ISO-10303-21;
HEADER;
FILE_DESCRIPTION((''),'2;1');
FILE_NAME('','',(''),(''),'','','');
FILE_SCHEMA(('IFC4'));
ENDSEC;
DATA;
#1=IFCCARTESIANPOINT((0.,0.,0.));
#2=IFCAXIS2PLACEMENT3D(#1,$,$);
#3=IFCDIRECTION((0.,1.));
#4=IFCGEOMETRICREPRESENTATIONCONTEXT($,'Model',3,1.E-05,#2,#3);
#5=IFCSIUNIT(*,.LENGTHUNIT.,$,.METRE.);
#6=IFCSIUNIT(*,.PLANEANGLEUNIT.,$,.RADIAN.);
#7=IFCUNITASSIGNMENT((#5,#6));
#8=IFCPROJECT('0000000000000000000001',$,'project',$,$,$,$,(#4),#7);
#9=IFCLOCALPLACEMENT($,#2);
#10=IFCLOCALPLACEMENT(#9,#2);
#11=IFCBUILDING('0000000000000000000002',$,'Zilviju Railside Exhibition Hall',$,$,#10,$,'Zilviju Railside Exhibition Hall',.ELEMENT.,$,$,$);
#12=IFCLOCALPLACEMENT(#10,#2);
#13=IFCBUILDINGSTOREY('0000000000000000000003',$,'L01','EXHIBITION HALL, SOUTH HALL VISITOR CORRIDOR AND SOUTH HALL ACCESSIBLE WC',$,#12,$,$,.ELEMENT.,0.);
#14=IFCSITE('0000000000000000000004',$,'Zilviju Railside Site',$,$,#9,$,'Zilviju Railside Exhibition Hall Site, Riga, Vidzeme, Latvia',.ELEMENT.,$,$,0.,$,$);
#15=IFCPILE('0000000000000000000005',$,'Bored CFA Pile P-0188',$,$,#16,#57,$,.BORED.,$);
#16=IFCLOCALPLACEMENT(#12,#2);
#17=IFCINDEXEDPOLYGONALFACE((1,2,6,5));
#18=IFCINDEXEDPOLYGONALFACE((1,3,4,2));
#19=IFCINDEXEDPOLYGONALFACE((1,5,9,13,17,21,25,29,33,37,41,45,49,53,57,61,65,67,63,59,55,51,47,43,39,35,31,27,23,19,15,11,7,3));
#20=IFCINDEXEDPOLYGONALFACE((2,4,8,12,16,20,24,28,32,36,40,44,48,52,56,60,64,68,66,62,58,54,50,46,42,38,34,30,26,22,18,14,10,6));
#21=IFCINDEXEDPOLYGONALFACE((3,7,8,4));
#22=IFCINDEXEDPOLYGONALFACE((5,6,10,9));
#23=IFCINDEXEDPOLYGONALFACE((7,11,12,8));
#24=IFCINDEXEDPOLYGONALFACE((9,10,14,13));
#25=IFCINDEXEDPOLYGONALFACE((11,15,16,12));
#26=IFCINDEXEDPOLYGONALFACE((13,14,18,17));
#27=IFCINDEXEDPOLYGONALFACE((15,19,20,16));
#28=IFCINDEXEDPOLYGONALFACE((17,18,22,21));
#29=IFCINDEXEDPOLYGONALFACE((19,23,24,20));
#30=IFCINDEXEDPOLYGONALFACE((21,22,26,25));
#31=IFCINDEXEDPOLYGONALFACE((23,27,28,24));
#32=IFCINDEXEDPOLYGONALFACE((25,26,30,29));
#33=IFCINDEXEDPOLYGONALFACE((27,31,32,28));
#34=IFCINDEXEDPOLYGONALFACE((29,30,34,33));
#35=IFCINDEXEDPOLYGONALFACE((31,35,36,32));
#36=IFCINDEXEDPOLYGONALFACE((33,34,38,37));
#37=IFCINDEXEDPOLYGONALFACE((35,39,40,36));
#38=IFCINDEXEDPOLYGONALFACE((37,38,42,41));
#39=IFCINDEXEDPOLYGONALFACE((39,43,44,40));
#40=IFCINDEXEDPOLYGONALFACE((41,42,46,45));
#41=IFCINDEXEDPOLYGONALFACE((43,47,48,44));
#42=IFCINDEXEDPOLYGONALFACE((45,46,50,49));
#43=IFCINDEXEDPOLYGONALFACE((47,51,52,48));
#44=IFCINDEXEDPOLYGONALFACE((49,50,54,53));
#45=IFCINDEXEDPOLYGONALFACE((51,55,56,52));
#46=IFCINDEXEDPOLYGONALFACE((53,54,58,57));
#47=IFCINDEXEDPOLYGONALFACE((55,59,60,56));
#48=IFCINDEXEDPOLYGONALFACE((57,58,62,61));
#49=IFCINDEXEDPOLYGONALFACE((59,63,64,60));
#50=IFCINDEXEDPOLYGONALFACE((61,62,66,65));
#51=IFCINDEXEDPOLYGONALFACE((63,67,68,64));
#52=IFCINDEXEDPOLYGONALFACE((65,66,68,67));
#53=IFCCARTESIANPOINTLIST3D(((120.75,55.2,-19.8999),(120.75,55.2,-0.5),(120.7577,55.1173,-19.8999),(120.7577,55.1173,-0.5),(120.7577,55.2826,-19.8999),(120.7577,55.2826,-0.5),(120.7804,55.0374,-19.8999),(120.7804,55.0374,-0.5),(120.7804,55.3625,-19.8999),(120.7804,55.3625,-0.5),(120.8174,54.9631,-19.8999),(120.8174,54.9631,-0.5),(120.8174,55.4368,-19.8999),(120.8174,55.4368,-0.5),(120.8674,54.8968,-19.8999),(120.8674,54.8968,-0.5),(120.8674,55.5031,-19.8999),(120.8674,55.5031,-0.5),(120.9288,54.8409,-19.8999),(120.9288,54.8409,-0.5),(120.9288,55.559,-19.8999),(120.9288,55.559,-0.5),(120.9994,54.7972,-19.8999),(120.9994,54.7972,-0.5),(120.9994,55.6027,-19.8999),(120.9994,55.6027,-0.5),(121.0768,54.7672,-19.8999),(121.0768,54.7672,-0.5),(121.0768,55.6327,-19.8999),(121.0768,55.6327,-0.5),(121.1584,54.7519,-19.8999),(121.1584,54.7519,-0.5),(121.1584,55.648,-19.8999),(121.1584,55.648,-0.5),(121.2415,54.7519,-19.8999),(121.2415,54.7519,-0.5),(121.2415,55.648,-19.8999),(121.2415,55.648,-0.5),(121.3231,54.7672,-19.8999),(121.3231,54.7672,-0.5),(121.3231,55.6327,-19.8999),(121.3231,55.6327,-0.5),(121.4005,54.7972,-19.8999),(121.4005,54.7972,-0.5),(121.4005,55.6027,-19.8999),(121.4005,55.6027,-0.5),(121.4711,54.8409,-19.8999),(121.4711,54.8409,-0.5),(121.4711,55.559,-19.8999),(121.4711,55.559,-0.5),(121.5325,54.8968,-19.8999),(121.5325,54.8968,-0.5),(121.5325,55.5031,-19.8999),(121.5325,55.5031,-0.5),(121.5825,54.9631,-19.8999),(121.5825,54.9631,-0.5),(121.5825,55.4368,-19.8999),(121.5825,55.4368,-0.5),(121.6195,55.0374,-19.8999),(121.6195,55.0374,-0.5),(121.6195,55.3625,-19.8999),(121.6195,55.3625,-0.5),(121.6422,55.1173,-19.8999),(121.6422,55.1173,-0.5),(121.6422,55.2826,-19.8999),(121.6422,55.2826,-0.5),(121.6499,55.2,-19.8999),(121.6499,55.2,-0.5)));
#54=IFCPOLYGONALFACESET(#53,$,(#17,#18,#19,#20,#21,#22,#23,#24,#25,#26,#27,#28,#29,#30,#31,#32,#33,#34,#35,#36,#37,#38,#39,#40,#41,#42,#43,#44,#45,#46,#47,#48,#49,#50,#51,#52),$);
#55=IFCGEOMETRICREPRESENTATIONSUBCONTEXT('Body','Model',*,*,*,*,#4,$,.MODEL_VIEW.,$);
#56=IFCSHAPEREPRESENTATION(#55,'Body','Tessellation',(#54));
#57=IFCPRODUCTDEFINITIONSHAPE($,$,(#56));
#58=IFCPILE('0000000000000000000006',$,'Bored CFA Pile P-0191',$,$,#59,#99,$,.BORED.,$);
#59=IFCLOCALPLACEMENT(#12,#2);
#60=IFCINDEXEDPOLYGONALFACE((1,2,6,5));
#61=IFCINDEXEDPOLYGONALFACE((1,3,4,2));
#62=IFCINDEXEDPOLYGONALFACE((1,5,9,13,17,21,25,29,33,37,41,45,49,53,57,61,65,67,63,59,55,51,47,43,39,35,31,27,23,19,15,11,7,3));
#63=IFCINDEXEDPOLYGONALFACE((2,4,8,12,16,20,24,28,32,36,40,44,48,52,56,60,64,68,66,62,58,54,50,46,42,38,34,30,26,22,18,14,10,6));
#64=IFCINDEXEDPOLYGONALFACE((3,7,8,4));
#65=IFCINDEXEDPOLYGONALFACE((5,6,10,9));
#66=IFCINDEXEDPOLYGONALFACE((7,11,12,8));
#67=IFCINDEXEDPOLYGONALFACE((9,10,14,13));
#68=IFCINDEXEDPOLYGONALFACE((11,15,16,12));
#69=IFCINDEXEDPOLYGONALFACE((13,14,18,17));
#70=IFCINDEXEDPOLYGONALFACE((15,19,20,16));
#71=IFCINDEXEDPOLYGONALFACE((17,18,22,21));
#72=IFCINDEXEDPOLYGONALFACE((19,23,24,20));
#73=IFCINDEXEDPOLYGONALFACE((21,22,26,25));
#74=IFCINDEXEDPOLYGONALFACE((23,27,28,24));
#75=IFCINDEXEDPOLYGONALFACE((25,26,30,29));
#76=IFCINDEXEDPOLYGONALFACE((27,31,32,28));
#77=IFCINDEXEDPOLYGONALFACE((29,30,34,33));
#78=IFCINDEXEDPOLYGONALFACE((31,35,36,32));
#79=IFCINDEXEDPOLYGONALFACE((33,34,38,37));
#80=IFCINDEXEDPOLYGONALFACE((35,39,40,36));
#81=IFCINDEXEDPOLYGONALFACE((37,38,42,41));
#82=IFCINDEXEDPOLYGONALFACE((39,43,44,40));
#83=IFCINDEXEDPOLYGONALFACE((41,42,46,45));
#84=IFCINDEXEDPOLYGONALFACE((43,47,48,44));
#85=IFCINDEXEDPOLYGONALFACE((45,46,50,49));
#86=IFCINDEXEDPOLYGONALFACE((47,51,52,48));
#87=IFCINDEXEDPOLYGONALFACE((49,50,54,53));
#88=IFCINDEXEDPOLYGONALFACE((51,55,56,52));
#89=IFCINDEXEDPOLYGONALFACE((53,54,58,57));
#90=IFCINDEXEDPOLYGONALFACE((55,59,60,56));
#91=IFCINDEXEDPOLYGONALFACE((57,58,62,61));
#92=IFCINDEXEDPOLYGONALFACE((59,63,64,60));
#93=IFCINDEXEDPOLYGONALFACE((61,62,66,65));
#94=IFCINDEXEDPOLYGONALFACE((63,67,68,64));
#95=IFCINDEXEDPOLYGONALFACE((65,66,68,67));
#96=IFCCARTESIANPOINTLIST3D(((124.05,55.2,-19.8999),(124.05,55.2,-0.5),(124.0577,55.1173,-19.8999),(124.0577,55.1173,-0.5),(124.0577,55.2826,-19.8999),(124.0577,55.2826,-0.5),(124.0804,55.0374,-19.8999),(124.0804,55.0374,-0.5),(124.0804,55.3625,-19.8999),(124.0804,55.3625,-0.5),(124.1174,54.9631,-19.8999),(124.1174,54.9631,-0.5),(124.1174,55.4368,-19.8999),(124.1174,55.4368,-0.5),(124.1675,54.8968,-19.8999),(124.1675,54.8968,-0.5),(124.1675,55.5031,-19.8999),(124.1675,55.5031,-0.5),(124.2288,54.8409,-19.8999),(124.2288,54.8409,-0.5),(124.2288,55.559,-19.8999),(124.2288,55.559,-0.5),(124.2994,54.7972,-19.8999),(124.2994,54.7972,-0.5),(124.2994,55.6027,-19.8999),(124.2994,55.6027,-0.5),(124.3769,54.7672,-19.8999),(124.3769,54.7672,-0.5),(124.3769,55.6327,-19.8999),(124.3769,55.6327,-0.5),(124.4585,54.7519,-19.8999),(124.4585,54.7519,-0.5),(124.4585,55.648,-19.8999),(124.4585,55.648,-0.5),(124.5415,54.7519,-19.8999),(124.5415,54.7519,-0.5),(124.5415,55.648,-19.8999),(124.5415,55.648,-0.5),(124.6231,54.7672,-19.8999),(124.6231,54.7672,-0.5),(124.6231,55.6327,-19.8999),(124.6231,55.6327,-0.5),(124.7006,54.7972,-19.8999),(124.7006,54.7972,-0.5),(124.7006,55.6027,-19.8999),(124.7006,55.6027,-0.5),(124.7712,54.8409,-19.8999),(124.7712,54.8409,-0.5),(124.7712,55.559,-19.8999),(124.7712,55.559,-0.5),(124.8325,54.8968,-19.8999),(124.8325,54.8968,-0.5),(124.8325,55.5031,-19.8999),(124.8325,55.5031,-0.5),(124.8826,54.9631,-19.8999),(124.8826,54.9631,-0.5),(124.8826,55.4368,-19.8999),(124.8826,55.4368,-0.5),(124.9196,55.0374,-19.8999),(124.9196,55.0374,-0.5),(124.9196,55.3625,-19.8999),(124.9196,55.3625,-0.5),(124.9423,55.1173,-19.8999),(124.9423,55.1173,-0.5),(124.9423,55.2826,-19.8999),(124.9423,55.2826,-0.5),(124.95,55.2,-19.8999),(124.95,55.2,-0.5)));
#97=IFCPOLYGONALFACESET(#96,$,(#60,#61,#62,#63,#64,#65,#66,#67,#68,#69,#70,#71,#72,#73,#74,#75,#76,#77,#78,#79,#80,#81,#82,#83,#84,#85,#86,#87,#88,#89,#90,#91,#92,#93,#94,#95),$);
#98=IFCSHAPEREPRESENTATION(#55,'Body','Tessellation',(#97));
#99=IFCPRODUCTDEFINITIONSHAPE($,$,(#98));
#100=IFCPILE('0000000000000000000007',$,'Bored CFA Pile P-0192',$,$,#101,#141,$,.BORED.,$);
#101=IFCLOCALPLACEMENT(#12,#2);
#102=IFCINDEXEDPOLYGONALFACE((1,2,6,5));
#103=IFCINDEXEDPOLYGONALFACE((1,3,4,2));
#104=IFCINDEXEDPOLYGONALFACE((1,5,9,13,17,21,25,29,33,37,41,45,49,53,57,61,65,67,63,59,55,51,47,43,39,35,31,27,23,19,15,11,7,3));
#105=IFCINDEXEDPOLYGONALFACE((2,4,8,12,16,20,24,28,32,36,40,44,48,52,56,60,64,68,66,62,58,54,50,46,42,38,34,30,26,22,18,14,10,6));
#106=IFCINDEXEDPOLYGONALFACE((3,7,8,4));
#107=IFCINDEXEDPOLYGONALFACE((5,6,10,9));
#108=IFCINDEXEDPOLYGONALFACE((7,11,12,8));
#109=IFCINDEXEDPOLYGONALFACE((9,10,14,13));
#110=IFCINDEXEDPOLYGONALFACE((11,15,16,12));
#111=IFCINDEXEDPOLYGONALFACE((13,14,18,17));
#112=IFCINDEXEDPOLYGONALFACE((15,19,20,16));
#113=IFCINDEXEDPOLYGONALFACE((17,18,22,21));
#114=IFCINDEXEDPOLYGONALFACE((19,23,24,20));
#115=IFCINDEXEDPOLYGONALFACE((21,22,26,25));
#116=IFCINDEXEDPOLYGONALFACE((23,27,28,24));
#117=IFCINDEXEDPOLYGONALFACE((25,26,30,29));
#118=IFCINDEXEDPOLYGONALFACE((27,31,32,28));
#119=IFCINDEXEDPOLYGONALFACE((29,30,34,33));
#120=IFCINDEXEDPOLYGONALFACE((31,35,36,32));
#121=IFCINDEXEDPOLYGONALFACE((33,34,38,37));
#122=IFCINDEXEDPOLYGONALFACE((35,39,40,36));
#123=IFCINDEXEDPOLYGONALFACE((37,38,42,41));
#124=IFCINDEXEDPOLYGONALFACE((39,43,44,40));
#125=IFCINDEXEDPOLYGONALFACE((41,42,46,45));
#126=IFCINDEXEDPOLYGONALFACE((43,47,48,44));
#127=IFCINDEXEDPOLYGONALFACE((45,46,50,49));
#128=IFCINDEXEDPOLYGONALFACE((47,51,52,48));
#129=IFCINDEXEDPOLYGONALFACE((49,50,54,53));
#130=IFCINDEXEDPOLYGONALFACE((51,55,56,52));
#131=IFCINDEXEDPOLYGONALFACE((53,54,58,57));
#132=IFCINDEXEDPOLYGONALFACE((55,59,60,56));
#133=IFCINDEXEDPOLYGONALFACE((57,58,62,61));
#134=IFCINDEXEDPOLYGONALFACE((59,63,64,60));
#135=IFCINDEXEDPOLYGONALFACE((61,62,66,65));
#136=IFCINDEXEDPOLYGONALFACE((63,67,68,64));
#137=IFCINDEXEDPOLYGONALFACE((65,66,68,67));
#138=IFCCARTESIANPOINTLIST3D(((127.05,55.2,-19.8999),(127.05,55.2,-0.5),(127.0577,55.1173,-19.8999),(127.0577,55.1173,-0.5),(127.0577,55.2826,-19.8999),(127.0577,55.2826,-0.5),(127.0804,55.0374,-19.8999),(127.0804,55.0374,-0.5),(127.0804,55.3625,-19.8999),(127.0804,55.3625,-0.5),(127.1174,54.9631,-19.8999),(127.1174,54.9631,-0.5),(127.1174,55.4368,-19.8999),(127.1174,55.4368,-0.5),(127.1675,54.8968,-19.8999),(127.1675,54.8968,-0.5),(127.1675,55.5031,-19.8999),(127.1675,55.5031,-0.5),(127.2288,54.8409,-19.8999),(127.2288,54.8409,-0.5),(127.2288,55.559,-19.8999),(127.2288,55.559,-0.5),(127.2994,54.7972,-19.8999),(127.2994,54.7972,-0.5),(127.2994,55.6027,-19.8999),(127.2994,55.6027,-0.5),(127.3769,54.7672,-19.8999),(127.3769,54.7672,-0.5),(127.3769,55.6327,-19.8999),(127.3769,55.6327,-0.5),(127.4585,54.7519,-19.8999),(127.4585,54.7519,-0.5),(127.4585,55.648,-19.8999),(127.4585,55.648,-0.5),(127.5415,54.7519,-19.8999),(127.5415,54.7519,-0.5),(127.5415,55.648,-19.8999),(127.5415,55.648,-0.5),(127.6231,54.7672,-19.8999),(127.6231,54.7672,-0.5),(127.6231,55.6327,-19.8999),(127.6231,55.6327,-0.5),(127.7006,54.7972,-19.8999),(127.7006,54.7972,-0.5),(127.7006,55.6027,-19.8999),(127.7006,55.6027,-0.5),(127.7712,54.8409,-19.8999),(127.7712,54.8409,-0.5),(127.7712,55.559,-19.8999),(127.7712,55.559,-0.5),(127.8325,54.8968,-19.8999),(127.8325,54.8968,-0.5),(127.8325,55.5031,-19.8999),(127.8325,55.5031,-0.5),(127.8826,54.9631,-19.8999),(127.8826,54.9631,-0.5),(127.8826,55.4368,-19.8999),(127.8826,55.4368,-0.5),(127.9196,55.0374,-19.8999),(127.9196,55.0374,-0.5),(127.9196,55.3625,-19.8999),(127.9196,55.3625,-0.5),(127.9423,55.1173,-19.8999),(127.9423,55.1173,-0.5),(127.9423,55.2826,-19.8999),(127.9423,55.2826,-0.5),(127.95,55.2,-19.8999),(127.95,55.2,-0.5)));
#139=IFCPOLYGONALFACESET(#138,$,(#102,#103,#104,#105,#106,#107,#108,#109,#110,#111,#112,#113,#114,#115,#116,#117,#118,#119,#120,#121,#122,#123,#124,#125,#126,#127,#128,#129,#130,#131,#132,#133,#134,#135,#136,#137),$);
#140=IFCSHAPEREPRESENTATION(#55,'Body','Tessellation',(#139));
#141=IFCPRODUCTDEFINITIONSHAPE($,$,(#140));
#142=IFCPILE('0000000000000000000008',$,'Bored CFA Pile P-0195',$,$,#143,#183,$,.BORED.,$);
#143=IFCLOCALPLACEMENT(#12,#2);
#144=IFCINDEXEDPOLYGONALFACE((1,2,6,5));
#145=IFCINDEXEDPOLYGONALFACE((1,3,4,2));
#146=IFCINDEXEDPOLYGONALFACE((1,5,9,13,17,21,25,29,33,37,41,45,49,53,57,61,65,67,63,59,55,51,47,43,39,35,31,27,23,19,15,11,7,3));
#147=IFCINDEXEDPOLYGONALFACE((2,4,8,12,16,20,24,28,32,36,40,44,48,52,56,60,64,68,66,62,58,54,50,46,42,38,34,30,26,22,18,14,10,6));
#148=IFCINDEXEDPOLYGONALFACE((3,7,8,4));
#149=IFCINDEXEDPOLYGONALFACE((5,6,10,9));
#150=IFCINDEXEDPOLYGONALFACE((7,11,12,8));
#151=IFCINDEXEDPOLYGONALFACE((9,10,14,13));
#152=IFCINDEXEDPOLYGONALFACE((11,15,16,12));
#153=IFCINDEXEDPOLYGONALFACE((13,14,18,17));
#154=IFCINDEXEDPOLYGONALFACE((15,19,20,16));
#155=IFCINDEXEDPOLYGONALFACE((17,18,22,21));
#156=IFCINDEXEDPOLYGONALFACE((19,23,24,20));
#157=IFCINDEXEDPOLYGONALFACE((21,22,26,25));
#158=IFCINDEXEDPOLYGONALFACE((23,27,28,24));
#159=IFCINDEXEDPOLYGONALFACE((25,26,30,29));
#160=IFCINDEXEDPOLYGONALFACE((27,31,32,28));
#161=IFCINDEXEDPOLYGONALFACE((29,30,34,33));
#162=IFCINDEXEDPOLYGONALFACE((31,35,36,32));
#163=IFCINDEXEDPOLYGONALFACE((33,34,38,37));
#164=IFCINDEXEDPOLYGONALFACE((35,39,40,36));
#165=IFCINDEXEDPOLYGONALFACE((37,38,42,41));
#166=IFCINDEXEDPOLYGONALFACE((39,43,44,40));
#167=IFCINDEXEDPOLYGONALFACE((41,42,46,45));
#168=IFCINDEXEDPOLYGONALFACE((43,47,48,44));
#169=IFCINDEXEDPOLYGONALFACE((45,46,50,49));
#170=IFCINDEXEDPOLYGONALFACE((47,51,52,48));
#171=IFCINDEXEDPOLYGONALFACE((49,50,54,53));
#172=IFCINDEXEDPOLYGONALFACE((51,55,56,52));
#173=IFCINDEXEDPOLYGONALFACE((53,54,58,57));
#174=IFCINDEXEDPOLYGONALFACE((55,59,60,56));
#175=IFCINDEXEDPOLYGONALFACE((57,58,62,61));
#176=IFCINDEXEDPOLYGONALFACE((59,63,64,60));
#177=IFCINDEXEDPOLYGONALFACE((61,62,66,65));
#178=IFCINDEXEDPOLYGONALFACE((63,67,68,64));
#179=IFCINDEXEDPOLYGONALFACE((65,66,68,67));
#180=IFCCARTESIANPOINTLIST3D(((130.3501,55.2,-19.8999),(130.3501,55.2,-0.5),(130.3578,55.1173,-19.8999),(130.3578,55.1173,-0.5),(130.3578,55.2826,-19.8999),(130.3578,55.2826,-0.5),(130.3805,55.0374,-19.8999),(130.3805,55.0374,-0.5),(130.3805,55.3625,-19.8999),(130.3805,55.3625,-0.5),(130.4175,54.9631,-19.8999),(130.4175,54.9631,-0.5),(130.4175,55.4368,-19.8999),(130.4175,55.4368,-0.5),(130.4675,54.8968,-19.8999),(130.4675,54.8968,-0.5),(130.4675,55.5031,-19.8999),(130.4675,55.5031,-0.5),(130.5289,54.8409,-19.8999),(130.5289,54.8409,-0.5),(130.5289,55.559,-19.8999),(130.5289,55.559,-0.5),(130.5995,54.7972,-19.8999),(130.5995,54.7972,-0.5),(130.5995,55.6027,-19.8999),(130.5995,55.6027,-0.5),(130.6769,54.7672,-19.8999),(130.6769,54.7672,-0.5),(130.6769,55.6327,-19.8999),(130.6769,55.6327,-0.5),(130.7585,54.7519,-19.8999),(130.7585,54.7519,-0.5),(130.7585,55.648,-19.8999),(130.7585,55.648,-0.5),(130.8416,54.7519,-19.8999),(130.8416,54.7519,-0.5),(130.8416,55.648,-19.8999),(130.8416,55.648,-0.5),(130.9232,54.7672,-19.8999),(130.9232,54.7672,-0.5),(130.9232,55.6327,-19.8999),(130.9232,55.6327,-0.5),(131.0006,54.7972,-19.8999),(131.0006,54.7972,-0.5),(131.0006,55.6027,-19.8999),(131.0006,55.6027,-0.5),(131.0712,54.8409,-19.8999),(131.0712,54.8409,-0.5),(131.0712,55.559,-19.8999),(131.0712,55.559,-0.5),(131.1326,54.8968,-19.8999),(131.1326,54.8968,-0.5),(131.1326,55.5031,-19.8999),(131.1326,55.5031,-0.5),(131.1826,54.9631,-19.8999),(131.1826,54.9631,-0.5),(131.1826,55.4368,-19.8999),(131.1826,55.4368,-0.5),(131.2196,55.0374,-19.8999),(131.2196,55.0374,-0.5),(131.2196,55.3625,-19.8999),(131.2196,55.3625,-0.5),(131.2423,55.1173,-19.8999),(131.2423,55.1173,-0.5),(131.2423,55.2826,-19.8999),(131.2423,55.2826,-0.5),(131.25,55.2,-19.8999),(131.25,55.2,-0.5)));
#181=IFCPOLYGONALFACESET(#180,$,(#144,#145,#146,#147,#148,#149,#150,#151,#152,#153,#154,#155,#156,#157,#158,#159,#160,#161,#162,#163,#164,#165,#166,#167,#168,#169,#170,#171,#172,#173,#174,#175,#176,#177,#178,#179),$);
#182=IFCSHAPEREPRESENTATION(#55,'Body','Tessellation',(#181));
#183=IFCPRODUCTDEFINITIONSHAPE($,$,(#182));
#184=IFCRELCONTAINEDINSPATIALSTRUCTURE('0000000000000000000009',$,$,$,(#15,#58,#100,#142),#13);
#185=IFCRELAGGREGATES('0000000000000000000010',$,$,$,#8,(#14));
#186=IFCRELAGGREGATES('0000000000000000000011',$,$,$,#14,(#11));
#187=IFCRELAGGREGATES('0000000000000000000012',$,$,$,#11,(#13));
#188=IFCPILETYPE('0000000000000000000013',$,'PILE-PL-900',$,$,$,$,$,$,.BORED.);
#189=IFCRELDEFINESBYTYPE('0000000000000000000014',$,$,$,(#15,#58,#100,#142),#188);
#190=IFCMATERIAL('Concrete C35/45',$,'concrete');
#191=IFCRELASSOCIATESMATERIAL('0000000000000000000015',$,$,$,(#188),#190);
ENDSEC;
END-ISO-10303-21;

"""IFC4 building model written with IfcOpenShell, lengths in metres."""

from ifc_helpers import new_model, si_unit, direction, frame, origin, origin_2d, place, context, subcontext, project, spatial, circle, extrude, material, material_profile, profile_set, type_object, element, save


model = new_model("IFC4")

# Units and contexts
model_context = context("Model", 3, precision=1e-05, world=origin(), true_north=direction((0.0, 1.0)))
body_context = subcontext(model_context, "Body", "Model", "MODEL_VIEW")
ifc_project = project(units=[si_unit("LENGTHUNIT", "METRE"), si_unit("PLANEANGLEUNIT", "RADIAN")], contexts=[model_context])

# Site, building, storey
site_placement = place(None, origin())
site = spatial("IfcSite", under=ifc_project, at=site_placement, Name="Zilviju Railside Site", LongName="Zilviju Railside Exhibition Hall Site, Riga, Vidzeme, Latvia", CompositionType="ELEMENT", RefElevation=0.0)
building_placement = place(site_placement, origin())
building = spatial("IfcBuilding", under=site, at=building_placement, Name="Zilviju Railside Exhibition Hall", LongName="Zilviju Railside Exhibition Hall", CompositionType="ELEMENT")
storey_placement = place(building_placement, origin())
storey = spatial("IfcBuildingStorey", under=building, at=storey_placement, Name="L01", Description="EXHIBITION HALL, SOUTH HALL VISITOR CORRIDOR AND SOUTH HALL ACCESSIBLE WC", CompositionType="ELEMENT", Elevation=0.0)

# Shared definitions
ifc_material_1 = material(Name="Concrete C35/45", Category="concrete")

# Piles
ifc_material_profile_1 = material_profile(ifc_material_1, circle(Radius=0.45, at=origin_2d()), Name="CFA PILE D900")
ifc_profile_set_1 = profile_set([ifc_material_profile_1], Name="Concrete C35/45")
pile_type = type_object("IfcPileType", Name="PILE-PL-900", PredefinedType="BORED", material=ifc_profile_set_1)
for number, where, z_axis, x_axis, name in (
    (1, (121.2, 55.2, -0.5), (0.0, 0.0, -1.0), (1.0, 0.0, 0.0), "Bored CFA Pile P-0188"),
    (2, (124.5, 55.2, -0.5), (0.0, 0.0, -1.0), (1.0, 0.0, 0.0), "Bored CFA Pile P-0191"),
    (3, (127.5, 55.2, -0.5), (0.0, 0.0, -1.0), (1.0, 0.0, 0.0), "Bored CFA Pile P-0192"),
    (4, (130.8, 55.2, -0.5), (0.0, 0.0, -1.0), (1.0, 0.0, 0.0), "Bored CFA Pile P-0195"),
):
    element("IfcPile", number, at=place(storey_placement, frame(where, z_axis=z_axis, x_axis=x_axis)), inside=storey, type_object=pile_type, Name=name, PredefinedType="BORED", context=body_context, shape_type="SweptSolid", body=[
        extrude(circle(Radius=0.45, at=origin_2d()), origin(), (0.0, 0.0, 1.0), 19.3999),
    ])

save(model, "model.ifc")
